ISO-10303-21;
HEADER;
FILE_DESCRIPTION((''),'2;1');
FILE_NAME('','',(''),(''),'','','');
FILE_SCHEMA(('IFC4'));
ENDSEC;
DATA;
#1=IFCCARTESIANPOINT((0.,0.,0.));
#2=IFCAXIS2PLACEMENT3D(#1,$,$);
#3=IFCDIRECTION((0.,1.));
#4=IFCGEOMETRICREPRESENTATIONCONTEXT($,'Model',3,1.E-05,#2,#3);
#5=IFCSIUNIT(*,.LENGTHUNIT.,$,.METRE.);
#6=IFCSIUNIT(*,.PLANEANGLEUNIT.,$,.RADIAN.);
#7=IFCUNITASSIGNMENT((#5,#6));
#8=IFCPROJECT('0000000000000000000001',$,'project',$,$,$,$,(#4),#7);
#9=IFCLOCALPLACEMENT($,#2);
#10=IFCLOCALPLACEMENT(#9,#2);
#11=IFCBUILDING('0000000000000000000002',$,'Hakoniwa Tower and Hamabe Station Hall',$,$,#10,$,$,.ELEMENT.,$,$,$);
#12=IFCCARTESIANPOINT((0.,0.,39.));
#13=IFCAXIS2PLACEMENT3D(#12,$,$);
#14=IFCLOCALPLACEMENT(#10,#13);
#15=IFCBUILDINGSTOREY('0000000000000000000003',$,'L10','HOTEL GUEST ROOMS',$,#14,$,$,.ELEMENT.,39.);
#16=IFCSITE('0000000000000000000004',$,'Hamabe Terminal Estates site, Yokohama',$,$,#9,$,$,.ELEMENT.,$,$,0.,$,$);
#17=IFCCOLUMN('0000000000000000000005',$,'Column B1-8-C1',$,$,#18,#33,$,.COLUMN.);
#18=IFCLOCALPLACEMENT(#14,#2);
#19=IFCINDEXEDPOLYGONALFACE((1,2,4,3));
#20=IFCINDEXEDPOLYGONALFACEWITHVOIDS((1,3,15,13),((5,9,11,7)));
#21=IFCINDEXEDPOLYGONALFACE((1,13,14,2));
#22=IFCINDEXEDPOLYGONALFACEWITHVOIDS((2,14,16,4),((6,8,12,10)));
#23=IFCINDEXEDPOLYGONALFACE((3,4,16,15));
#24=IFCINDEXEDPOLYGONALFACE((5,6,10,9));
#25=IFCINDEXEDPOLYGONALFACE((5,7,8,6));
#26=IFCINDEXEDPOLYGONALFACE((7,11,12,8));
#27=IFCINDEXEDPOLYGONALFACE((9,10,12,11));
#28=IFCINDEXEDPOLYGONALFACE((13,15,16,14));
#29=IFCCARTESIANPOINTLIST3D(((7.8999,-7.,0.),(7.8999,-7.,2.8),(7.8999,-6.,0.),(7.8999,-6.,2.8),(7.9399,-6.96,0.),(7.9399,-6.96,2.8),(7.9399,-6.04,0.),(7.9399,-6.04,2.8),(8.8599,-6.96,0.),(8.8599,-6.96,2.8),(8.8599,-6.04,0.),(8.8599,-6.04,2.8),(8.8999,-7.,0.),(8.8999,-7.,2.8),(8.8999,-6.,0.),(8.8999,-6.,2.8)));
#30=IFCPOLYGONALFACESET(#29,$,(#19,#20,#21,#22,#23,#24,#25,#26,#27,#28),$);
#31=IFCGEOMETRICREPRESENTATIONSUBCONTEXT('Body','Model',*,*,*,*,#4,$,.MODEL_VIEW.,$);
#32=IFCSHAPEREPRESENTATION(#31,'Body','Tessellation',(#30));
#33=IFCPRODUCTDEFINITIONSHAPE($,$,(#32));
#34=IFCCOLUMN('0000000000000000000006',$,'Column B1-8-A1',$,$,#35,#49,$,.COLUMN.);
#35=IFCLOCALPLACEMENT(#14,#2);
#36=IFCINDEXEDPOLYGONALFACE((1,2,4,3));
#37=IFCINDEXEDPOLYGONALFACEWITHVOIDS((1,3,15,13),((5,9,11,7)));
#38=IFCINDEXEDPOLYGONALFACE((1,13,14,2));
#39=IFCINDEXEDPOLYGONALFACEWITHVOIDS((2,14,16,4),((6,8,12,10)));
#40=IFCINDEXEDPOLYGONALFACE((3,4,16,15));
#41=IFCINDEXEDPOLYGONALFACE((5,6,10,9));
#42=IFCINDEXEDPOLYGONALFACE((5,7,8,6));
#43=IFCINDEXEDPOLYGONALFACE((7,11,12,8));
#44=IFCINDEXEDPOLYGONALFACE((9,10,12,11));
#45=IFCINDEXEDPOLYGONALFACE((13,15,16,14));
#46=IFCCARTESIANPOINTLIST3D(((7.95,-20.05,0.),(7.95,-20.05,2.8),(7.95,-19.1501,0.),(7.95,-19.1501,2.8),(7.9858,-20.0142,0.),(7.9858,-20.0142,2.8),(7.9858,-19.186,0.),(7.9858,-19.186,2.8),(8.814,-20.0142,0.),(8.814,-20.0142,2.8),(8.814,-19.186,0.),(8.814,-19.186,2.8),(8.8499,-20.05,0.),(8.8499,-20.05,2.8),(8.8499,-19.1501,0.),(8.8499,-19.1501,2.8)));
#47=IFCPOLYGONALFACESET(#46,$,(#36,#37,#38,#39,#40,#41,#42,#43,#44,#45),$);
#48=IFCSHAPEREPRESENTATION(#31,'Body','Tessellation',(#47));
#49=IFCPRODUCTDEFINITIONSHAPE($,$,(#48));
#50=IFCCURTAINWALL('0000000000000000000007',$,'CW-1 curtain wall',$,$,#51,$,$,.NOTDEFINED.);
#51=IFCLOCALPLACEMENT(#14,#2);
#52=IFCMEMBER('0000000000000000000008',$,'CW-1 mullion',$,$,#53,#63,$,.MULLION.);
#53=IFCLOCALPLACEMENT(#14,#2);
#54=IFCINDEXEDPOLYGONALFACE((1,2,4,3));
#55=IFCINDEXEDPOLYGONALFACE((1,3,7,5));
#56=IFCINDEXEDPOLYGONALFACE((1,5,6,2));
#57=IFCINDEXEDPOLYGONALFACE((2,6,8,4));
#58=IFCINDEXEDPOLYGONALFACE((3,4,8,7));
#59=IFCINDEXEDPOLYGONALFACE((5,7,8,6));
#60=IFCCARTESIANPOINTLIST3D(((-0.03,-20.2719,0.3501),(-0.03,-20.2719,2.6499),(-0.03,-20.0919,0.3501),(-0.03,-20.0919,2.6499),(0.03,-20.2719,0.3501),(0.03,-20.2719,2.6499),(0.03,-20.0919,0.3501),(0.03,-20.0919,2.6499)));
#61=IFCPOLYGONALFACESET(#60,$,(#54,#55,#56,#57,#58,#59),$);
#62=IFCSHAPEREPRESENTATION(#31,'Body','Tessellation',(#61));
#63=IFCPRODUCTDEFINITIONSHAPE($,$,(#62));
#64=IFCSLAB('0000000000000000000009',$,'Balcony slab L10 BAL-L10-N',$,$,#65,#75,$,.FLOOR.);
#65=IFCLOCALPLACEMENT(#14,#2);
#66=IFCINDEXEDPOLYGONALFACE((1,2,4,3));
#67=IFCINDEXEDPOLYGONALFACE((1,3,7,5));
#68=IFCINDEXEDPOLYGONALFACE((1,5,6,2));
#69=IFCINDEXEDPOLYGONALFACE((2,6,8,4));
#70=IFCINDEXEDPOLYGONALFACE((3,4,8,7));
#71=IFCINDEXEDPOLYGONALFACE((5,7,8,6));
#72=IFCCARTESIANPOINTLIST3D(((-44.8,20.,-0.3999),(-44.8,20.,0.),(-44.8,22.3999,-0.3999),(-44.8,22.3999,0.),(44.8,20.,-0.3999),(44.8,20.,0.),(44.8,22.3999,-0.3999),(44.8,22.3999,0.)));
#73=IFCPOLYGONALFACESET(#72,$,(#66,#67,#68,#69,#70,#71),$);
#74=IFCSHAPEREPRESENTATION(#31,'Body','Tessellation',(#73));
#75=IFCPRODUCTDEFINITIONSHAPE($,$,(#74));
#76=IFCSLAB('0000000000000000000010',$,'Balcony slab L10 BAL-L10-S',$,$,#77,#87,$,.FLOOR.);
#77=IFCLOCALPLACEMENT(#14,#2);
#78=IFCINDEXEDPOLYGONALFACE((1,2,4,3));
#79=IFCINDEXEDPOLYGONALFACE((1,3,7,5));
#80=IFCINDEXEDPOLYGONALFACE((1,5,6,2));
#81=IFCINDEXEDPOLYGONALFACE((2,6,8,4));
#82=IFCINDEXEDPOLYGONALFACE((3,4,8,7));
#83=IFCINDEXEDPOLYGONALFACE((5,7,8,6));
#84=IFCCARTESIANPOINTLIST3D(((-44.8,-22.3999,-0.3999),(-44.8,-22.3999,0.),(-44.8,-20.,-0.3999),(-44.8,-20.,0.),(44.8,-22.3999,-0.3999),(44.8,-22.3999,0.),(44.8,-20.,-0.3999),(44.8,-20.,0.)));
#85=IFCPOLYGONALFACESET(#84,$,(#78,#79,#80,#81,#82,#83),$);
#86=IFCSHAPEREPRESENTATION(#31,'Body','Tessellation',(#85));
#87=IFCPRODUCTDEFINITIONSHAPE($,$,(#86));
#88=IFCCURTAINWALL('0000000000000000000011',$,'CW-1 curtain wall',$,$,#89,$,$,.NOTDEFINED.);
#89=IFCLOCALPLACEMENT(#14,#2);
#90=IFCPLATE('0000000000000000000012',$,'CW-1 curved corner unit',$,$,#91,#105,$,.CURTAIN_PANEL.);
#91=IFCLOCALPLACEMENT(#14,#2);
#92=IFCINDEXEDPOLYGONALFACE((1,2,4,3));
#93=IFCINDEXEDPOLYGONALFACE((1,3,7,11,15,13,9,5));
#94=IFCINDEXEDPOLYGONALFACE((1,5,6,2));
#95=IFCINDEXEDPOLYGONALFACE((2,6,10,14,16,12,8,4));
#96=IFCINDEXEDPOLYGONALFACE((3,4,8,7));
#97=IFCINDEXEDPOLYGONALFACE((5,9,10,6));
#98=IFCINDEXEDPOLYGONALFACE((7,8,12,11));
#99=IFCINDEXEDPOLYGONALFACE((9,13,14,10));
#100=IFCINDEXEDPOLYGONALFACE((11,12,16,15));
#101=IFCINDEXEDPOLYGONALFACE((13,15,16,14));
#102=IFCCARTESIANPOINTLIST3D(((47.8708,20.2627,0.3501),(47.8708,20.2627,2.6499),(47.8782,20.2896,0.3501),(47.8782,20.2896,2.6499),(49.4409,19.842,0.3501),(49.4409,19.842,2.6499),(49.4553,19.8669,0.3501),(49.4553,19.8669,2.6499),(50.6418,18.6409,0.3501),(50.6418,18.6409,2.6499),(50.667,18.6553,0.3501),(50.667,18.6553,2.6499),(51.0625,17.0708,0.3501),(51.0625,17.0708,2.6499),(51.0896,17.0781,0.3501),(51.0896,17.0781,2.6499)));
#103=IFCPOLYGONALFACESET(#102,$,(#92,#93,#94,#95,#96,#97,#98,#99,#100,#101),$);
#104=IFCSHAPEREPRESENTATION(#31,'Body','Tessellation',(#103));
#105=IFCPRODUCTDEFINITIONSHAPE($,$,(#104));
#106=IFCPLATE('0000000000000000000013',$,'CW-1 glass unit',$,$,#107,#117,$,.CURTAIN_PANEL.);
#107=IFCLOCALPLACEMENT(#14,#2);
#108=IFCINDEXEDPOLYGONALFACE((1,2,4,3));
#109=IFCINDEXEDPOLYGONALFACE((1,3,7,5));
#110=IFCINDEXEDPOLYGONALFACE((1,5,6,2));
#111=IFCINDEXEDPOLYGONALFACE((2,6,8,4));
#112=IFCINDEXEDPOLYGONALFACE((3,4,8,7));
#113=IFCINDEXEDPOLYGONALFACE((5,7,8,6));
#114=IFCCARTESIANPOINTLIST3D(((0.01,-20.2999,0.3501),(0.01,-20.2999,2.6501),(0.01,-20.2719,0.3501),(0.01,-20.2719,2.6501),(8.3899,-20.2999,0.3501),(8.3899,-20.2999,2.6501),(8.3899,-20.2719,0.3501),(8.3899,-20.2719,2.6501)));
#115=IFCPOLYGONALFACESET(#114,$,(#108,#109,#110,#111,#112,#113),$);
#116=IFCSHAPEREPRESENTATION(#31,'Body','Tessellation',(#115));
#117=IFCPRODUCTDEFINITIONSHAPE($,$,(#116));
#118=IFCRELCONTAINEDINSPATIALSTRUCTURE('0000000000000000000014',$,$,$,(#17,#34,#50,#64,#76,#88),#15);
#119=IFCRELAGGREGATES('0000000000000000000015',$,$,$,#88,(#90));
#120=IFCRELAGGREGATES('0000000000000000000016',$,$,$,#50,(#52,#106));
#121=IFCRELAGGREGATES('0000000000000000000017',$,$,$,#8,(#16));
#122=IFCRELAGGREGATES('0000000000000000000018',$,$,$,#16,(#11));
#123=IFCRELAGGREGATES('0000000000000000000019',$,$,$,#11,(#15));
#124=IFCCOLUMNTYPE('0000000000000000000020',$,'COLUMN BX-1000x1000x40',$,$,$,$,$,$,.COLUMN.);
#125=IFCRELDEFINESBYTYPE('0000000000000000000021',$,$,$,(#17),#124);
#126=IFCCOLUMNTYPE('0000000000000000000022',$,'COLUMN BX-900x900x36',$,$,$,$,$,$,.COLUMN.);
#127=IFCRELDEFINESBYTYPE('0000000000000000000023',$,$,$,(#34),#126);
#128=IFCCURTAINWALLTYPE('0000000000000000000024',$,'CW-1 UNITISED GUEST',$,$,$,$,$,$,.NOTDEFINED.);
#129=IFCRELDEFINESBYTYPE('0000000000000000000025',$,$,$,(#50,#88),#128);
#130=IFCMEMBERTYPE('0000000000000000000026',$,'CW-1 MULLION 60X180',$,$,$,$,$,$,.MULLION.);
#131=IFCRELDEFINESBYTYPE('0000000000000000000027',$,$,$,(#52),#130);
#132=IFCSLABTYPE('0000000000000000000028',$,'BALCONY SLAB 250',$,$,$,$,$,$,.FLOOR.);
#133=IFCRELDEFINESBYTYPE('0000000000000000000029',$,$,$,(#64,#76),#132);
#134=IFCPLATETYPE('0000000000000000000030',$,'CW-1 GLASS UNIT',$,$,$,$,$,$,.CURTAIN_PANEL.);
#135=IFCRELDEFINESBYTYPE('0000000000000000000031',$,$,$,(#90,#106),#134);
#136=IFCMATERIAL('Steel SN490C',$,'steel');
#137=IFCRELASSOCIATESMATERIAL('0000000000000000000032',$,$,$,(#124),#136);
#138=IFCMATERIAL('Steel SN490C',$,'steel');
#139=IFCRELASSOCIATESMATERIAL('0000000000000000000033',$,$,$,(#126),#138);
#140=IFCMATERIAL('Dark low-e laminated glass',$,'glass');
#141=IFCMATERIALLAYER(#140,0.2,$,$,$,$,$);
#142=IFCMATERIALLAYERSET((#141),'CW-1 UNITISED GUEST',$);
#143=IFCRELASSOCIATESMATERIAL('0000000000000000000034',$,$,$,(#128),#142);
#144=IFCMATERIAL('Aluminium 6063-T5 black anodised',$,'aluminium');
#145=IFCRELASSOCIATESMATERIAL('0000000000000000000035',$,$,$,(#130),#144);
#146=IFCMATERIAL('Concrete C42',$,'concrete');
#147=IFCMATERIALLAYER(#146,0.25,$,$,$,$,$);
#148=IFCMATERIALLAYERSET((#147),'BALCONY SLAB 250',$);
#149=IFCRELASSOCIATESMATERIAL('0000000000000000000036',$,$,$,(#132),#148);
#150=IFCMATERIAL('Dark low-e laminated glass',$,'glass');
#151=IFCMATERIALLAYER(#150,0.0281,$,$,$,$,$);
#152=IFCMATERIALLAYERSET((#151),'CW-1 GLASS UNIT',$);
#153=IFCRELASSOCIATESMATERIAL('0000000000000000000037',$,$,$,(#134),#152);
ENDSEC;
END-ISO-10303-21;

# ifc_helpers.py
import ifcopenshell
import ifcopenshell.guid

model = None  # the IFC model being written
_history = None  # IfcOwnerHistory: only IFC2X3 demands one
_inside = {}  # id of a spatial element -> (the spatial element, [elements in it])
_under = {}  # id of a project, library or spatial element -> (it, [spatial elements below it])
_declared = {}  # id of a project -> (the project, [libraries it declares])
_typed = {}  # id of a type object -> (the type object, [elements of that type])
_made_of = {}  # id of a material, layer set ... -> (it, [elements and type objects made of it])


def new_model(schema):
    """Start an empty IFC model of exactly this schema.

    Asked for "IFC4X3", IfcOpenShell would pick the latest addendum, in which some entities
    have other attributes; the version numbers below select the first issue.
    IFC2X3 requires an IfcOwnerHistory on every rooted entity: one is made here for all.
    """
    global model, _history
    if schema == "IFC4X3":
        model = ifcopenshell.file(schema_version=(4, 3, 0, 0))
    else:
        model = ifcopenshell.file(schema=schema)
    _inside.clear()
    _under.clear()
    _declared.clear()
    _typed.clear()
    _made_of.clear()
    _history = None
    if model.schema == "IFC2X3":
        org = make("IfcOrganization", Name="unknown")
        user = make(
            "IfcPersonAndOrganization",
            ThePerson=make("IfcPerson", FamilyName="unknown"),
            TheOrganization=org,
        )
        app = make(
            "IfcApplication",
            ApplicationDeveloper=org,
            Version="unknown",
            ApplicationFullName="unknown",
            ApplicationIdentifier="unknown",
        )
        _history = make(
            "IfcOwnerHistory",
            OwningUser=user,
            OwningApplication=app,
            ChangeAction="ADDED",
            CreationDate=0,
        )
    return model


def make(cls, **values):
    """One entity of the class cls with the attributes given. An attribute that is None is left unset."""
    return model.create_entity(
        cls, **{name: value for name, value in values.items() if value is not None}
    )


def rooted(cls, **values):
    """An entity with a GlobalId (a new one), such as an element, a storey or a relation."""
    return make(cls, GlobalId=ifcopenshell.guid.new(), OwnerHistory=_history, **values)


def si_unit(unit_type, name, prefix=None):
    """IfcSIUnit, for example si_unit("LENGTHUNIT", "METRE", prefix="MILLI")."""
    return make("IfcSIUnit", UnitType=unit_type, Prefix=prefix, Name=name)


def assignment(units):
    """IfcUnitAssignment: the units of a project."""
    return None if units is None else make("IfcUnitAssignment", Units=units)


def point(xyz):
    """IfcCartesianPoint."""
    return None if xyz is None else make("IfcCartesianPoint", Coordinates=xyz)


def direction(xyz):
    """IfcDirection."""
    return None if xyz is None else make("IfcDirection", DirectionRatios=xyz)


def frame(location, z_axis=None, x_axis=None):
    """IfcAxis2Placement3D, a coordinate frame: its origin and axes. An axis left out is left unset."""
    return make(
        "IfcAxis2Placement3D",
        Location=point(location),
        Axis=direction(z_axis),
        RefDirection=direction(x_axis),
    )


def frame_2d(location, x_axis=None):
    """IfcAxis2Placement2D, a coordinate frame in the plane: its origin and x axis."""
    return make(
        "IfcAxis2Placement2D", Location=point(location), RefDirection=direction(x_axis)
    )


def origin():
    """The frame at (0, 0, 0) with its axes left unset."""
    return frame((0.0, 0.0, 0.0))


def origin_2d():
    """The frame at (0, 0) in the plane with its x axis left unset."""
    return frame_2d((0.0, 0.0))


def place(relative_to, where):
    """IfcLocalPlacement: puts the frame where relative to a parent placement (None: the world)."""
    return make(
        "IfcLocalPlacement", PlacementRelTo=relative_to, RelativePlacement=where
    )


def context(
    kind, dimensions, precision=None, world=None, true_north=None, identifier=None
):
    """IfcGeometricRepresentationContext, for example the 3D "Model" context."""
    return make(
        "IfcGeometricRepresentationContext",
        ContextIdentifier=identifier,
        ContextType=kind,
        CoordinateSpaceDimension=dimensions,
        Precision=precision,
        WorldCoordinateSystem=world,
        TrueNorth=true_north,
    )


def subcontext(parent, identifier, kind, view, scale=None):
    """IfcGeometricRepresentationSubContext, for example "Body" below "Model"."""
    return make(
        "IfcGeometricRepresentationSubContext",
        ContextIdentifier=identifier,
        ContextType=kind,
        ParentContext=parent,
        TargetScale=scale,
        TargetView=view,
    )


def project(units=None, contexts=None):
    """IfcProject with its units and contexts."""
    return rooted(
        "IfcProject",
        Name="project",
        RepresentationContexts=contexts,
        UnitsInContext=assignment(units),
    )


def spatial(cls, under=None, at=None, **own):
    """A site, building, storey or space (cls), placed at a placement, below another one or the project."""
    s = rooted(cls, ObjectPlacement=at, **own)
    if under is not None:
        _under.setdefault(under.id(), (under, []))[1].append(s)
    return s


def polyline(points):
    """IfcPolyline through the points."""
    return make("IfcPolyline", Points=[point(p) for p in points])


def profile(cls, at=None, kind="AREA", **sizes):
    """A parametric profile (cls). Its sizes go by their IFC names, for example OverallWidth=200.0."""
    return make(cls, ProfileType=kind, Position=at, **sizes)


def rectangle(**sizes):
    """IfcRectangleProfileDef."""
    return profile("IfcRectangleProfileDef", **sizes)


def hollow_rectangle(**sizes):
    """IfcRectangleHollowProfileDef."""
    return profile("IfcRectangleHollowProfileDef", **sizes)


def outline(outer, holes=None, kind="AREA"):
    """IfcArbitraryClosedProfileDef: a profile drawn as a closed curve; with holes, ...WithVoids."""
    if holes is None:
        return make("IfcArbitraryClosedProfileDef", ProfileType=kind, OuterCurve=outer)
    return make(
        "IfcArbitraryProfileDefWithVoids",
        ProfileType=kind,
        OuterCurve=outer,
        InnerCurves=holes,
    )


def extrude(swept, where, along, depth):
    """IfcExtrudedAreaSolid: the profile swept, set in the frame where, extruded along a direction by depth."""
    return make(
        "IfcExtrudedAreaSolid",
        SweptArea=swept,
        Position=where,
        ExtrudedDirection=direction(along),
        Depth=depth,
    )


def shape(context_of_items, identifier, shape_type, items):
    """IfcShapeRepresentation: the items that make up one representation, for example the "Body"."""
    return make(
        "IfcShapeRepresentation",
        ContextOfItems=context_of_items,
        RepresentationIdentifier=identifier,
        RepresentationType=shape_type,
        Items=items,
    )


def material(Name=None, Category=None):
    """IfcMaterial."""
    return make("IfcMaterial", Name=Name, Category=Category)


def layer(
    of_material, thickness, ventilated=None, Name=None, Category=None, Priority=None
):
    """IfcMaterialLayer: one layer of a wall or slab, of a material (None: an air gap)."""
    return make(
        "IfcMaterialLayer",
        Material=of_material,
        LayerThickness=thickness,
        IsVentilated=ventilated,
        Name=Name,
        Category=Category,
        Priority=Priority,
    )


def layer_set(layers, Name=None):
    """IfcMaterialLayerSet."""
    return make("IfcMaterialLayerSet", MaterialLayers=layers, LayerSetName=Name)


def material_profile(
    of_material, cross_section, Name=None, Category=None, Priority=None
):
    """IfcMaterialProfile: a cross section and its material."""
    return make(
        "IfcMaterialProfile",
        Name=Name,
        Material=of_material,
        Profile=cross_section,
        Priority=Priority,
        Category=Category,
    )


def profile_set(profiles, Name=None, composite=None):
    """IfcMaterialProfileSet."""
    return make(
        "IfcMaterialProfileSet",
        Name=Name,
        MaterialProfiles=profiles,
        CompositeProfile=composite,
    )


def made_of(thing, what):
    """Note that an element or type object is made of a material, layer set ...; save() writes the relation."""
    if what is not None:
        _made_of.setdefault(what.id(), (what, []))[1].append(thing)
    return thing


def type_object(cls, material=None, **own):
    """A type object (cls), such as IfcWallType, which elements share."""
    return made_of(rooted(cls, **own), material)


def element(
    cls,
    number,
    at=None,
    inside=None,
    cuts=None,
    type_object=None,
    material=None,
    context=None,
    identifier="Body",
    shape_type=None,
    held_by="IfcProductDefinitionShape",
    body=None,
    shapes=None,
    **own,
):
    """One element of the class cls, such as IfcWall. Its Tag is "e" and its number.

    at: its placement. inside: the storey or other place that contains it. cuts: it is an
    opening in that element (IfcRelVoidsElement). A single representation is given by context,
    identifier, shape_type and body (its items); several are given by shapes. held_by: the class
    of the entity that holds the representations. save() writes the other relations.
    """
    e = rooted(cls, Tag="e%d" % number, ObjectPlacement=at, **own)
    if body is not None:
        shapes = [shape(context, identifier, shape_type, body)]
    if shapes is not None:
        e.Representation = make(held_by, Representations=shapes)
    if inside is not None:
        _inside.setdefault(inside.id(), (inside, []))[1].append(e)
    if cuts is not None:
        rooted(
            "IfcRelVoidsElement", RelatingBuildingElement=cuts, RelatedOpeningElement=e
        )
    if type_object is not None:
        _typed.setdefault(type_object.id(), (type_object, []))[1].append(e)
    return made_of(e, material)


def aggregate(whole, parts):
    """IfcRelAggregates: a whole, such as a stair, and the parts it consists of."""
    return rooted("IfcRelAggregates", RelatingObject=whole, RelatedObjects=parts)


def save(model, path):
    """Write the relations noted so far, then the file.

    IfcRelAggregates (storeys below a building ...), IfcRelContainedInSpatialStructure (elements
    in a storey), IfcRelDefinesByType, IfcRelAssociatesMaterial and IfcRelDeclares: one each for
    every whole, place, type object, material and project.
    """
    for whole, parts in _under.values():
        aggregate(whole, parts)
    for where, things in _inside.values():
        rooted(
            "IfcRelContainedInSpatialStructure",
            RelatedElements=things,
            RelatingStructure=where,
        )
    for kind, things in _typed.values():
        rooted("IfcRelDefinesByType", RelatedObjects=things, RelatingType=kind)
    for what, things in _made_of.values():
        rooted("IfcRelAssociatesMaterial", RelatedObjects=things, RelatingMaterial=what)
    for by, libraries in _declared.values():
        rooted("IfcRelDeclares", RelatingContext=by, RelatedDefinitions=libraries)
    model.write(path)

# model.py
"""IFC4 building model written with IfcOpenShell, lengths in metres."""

from ifc_helpers import new_model, si_unit, direction, frame, origin, origin_2d, place, context, subcontext, project, spatial, polyline, rectangle, hollow_rectangle, outline, extrude, material, layer, layer_set, material_profile, profile_set, type_object, element, aggregate, save


model = new_model("IFC4")

# Units and contexts
model_context = context("Model", 3, precision=1e-05, world=origin(), true_north=direction((0.0, 1.0)))
body_context = subcontext(model_context, "Body", "Model", "MODEL_VIEW")
ifc_project = project(units=[si_unit("LENGTHUNIT", "METRE"), si_unit("PLANEANGLEUNIT", "RADIAN")], contexts=[model_context])

# Site, building, storey
site_placement = place(None, origin())
site = spatial("IfcSite", under=ifc_project, at=site_placement, Name="Hamabe Terminal Estates site, Yokohama", CompositionType="ELEMENT", RefElevation=0.0)
building_placement = place(site_placement, origin())
building = spatial("IfcBuilding", under=site, at=building_placement, Name="Hakoniwa Tower and Hamabe Station Hall", CompositionType="ELEMENT")
storey_placement = place(building_placement, frame((0.0, 0.0, 39.0)))
storey = spatial("IfcBuildingStorey", under=building, at=storey_placement, Name="L10", Description="HOTEL GUEST ROOMS", CompositionType="ELEMENT", Elevation=39.0)

# Columns
ifc_material_1 = material(Name="Steel SN490C", Category="steel")
ifc_material_profile_1 = material_profile(ifc_material_1, hollow_rectangle(XDim=1.0, YDim=1.0, WallThickness=0.04, at=origin_2d()), Name="BX-1000x1000x40")
ifc_profile_set_1 = profile_set([ifc_material_profile_1], Name="Steel SN490C")
column_type_1 = type_object("IfcColumnType", Name="COLUMN BX-1000x1000x40", PredefinedType="COLUMN", material=ifc_profile_set_1)
column_1_placement = place(storey_placement, frame((8.3999, -6.5, 0.0), z_axis=(0.0, 0.0, 1.0), x_axis=(1.0, 0.0, 0.0)))
element("IfcColumn", 1, at=column_1_placement, inside=storey, type_object=column_type_1, Name="Column B1-8-C1", PredefinedType="COLUMN", context=body_context, shape_type="SweptSolid", body=[
    extrude(hollow_rectangle(XDim=1.0, YDim=1.0, WallThickness=0.04, at=origin_2d()), origin(), (0.0, 0.0, 1.0), 2.8),
])
ifc_material_2 = material(Name="Steel SN490C", Category="steel")
ifc_material_profile_2 = material_profile(ifc_material_2, hollow_rectangle(XDim=0.8999, YDim=0.8999, WallThickness=0.0359, at=origin_2d()), Name="BX-900x900x36")
ifc_profile_set_2 = profile_set([ifc_material_profile_2], Name="Steel SN490C")
column_type_2 = type_object("IfcColumnType", Name="COLUMN BX-900x900x36", PredefinedType="COLUMN", material=ifc_profile_set_2)
column_2_placement = place(storey_placement, frame((8.3999, -19.6001, 0.0), z_axis=(0.0, 0.0, 1.0), x_axis=(1.0, 0.0, 0.0)))
element("IfcColumn", 2, at=column_2_placement, inside=storey, type_object=column_type_2, Name="Column B1-8-A1", PredefinedType="COLUMN", context=body_context, shape_type="SweptSolid", body=[
    extrude(hollow_rectangle(XDim=0.8999, YDim=0.8999, WallThickness=0.0359, at=origin_2d()), origin(), (0.0, 0.0, 1.0), 2.8),
])

# Curtain wall, member
ifc_material_3 = material(Name="Dark low-e laminated glass", Category="glass")
ifc_layer_1 = layer(ifc_material_3, 0.2)
ifc_layer_set_1 = layer_set([ifc_layer_1], Name="CW-1 UNITISED GUEST")
curtain_wall_type = type_object("IfcCurtainWallType", Name="CW-1 UNITISED GUEST", PredefinedType="NOTDEFINED", material=ifc_layer_set_1)
curtain_wall_1_placement = place(storey_placement, origin())
curtain_wall_1 = element("IfcCurtainWall", 3, at=curtain_wall_1_placement, inside=storey, type_object=curtain_wall_type, Name="CW-1 curtain wall", PredefinedType="NOTDEFINED")
ifc_material_4 = material(Name="Aluminium 6063-T5 black anodised", Category="aluminium")
ifc_material_profile_3 = material_profile(ifc_material_4, rectangle(XDim=0.0601, YDim=0.1799, at=origin_2d()), Name="CW-1 MULLION 60X180")
ifc_profile_set_3 = profile_set([ifc_material_profile_3], Name="Aluminium 6063-T5 black anodised")
member_type = type_object("IfcMemberType", Name="CW-1 MULLION 60X180", PredefinedType="MULLION", material=ifc_profile_set_3)
member_placement = place(storey_placement, frame((0.0, -20.1819, 0.3501), z_axis=(0.0, 0.0, 1.0), x_axis=(1.0, 0.0, 0.0)))
member = element("IfcMember", 4, at=member_placement, type_object=member_type, Name="CW-1 mullion", PredefinedType="MULLION", context=body_context, shape_type="SweptSolid", body=[
    extrude(rectangle(XDim=0.0601, YDim=0.1799, at=origin_2d()), origin(), (0.0, 0.0, 1.0), 2.2998),
])

# Slabs
ifc_material_5 = material(Name="Concrete C42", Category="concrete")
ifc_layer_2 = layer(ifc_material_5, 0.25)
ifc_layer_set_2 = layer_set([ifc_layer_2], Name="BALCONY SLAB 250")
slab_type_1 = type_object("IfcSlabType", Name="BALCONY SLAB 250", PredefinedType="FLOOR", material=ifc_layer_set_2)
slab_1_placement = place(storey_placement, frame((0.0, 0.0, -0.3999)))
element("IfcSlab", 5, at=slab_1_placement, inside=storey, type_object=slab_type_1, Name="Balcony slab L10 BAL-L10-N", PredefinedType="FLOOR", context=body_context, shape_type="SweptSolid", body=[
    extrude(outline(polyline([(-44.8, 20.0), (44.8, 20.0), (44.8, 22.3999), (-44.8, 22.3999), (-44.8, 20.0)])), origin(), (0.0, 0.0, 1.0), 0.3999),
])
slab_2_placement = place(storey_placement, frame((0.0, 0.0, -0.3999)))
element("IfcSlab", 6, at=slab_2_placement, inside=storey, type_object=slab_type_1, Name="Balcony slab L10 BAL-L10-S", PredefinedType="FLOOR", context=body_context, shape_type="SweptSolid", body=[
    extrude(outline(polyline([(-44.8, -22.3999), (44.8, -22.3999), (44.8, -20.0), (-44.8, -20.0), (-44.8, -22.3999)])), origin(), (0.0, 0.0, 1.0), 0.3999),
])

# Curtain wall, plate
curtain_wall_2_placement = place(storey_placement, origin())
curtain_wall_2 = element("IfcCurtainWall", 7, at=curtain_wall_2_placement, inside=storey, type_object=curtain_wall_type, Name="CW-1 curtain wall", PredefinedType="NOTDEFINED")
ifc_material_6 = material(Name="Dark low-e laminated glass", Category="glass")
ifc_layer_3 = layer(ifc_material_6, 0.0281)
ifc_layer_set_3 = layer_set([ifc_layer_3], Name="CW-1 GLASS UNIT")
plate_type = type_object("IfcPlateType", Name="CW-1 GLASS UNIT", PredefinedType="CURTAIN_PANEL", material=ifc_layer_set_3)
plate_1_placement = place(storey_placement, frame((0.0, 0.0, 0.3501)))
plate_1 = element("IfcPlate", 8, at=plate_1_placement, type_object=plate_type, Name="CW-1 curved corner unit", PredefinedType="CURTAIN_PANEL", context=body_context, shape_type="SweptSolid", body=[
    extrude(outline(polyline([(51.0896, 17.0781), (50.667, 18.6553), (49.4553, 19.8669), (47.8782, 20.2896), (47.8708, 20.2627), (49.4409, 19.842), (50.6418, 18.6409), (51.0625, 17.0708), (51.0896, 17.0781)])), origin(), (0.0, 0.0, 1.0), 2.2998),
])
aggregate(curtain_wall_2, [plate_1])

# Plate
plate_2_placement = place(storey_placement, frame((4.2, -20.2859, 0.3501), z_axis=(0.0, 0.0, 1.0), x_axis=(1.0, 0.0, 0.0)))
plate_2 = element("IfcPlate", 9, at=plate_2_placement, type_object=plate_type, Name="CW-1 glass unit", PredefinedType="CURTAIN_PANEL", context=body_context, shape_type="SweptSolid", body=[
    extrude(rectangle(XDim=8.3799, YDim=0.0281, at=origin_2d()), origin(), (0.0, 0.0, 1.0), 2.3),
])

aggregate(curtain_wall_1, [member, plate_2])

save(model, "model.ifc")
